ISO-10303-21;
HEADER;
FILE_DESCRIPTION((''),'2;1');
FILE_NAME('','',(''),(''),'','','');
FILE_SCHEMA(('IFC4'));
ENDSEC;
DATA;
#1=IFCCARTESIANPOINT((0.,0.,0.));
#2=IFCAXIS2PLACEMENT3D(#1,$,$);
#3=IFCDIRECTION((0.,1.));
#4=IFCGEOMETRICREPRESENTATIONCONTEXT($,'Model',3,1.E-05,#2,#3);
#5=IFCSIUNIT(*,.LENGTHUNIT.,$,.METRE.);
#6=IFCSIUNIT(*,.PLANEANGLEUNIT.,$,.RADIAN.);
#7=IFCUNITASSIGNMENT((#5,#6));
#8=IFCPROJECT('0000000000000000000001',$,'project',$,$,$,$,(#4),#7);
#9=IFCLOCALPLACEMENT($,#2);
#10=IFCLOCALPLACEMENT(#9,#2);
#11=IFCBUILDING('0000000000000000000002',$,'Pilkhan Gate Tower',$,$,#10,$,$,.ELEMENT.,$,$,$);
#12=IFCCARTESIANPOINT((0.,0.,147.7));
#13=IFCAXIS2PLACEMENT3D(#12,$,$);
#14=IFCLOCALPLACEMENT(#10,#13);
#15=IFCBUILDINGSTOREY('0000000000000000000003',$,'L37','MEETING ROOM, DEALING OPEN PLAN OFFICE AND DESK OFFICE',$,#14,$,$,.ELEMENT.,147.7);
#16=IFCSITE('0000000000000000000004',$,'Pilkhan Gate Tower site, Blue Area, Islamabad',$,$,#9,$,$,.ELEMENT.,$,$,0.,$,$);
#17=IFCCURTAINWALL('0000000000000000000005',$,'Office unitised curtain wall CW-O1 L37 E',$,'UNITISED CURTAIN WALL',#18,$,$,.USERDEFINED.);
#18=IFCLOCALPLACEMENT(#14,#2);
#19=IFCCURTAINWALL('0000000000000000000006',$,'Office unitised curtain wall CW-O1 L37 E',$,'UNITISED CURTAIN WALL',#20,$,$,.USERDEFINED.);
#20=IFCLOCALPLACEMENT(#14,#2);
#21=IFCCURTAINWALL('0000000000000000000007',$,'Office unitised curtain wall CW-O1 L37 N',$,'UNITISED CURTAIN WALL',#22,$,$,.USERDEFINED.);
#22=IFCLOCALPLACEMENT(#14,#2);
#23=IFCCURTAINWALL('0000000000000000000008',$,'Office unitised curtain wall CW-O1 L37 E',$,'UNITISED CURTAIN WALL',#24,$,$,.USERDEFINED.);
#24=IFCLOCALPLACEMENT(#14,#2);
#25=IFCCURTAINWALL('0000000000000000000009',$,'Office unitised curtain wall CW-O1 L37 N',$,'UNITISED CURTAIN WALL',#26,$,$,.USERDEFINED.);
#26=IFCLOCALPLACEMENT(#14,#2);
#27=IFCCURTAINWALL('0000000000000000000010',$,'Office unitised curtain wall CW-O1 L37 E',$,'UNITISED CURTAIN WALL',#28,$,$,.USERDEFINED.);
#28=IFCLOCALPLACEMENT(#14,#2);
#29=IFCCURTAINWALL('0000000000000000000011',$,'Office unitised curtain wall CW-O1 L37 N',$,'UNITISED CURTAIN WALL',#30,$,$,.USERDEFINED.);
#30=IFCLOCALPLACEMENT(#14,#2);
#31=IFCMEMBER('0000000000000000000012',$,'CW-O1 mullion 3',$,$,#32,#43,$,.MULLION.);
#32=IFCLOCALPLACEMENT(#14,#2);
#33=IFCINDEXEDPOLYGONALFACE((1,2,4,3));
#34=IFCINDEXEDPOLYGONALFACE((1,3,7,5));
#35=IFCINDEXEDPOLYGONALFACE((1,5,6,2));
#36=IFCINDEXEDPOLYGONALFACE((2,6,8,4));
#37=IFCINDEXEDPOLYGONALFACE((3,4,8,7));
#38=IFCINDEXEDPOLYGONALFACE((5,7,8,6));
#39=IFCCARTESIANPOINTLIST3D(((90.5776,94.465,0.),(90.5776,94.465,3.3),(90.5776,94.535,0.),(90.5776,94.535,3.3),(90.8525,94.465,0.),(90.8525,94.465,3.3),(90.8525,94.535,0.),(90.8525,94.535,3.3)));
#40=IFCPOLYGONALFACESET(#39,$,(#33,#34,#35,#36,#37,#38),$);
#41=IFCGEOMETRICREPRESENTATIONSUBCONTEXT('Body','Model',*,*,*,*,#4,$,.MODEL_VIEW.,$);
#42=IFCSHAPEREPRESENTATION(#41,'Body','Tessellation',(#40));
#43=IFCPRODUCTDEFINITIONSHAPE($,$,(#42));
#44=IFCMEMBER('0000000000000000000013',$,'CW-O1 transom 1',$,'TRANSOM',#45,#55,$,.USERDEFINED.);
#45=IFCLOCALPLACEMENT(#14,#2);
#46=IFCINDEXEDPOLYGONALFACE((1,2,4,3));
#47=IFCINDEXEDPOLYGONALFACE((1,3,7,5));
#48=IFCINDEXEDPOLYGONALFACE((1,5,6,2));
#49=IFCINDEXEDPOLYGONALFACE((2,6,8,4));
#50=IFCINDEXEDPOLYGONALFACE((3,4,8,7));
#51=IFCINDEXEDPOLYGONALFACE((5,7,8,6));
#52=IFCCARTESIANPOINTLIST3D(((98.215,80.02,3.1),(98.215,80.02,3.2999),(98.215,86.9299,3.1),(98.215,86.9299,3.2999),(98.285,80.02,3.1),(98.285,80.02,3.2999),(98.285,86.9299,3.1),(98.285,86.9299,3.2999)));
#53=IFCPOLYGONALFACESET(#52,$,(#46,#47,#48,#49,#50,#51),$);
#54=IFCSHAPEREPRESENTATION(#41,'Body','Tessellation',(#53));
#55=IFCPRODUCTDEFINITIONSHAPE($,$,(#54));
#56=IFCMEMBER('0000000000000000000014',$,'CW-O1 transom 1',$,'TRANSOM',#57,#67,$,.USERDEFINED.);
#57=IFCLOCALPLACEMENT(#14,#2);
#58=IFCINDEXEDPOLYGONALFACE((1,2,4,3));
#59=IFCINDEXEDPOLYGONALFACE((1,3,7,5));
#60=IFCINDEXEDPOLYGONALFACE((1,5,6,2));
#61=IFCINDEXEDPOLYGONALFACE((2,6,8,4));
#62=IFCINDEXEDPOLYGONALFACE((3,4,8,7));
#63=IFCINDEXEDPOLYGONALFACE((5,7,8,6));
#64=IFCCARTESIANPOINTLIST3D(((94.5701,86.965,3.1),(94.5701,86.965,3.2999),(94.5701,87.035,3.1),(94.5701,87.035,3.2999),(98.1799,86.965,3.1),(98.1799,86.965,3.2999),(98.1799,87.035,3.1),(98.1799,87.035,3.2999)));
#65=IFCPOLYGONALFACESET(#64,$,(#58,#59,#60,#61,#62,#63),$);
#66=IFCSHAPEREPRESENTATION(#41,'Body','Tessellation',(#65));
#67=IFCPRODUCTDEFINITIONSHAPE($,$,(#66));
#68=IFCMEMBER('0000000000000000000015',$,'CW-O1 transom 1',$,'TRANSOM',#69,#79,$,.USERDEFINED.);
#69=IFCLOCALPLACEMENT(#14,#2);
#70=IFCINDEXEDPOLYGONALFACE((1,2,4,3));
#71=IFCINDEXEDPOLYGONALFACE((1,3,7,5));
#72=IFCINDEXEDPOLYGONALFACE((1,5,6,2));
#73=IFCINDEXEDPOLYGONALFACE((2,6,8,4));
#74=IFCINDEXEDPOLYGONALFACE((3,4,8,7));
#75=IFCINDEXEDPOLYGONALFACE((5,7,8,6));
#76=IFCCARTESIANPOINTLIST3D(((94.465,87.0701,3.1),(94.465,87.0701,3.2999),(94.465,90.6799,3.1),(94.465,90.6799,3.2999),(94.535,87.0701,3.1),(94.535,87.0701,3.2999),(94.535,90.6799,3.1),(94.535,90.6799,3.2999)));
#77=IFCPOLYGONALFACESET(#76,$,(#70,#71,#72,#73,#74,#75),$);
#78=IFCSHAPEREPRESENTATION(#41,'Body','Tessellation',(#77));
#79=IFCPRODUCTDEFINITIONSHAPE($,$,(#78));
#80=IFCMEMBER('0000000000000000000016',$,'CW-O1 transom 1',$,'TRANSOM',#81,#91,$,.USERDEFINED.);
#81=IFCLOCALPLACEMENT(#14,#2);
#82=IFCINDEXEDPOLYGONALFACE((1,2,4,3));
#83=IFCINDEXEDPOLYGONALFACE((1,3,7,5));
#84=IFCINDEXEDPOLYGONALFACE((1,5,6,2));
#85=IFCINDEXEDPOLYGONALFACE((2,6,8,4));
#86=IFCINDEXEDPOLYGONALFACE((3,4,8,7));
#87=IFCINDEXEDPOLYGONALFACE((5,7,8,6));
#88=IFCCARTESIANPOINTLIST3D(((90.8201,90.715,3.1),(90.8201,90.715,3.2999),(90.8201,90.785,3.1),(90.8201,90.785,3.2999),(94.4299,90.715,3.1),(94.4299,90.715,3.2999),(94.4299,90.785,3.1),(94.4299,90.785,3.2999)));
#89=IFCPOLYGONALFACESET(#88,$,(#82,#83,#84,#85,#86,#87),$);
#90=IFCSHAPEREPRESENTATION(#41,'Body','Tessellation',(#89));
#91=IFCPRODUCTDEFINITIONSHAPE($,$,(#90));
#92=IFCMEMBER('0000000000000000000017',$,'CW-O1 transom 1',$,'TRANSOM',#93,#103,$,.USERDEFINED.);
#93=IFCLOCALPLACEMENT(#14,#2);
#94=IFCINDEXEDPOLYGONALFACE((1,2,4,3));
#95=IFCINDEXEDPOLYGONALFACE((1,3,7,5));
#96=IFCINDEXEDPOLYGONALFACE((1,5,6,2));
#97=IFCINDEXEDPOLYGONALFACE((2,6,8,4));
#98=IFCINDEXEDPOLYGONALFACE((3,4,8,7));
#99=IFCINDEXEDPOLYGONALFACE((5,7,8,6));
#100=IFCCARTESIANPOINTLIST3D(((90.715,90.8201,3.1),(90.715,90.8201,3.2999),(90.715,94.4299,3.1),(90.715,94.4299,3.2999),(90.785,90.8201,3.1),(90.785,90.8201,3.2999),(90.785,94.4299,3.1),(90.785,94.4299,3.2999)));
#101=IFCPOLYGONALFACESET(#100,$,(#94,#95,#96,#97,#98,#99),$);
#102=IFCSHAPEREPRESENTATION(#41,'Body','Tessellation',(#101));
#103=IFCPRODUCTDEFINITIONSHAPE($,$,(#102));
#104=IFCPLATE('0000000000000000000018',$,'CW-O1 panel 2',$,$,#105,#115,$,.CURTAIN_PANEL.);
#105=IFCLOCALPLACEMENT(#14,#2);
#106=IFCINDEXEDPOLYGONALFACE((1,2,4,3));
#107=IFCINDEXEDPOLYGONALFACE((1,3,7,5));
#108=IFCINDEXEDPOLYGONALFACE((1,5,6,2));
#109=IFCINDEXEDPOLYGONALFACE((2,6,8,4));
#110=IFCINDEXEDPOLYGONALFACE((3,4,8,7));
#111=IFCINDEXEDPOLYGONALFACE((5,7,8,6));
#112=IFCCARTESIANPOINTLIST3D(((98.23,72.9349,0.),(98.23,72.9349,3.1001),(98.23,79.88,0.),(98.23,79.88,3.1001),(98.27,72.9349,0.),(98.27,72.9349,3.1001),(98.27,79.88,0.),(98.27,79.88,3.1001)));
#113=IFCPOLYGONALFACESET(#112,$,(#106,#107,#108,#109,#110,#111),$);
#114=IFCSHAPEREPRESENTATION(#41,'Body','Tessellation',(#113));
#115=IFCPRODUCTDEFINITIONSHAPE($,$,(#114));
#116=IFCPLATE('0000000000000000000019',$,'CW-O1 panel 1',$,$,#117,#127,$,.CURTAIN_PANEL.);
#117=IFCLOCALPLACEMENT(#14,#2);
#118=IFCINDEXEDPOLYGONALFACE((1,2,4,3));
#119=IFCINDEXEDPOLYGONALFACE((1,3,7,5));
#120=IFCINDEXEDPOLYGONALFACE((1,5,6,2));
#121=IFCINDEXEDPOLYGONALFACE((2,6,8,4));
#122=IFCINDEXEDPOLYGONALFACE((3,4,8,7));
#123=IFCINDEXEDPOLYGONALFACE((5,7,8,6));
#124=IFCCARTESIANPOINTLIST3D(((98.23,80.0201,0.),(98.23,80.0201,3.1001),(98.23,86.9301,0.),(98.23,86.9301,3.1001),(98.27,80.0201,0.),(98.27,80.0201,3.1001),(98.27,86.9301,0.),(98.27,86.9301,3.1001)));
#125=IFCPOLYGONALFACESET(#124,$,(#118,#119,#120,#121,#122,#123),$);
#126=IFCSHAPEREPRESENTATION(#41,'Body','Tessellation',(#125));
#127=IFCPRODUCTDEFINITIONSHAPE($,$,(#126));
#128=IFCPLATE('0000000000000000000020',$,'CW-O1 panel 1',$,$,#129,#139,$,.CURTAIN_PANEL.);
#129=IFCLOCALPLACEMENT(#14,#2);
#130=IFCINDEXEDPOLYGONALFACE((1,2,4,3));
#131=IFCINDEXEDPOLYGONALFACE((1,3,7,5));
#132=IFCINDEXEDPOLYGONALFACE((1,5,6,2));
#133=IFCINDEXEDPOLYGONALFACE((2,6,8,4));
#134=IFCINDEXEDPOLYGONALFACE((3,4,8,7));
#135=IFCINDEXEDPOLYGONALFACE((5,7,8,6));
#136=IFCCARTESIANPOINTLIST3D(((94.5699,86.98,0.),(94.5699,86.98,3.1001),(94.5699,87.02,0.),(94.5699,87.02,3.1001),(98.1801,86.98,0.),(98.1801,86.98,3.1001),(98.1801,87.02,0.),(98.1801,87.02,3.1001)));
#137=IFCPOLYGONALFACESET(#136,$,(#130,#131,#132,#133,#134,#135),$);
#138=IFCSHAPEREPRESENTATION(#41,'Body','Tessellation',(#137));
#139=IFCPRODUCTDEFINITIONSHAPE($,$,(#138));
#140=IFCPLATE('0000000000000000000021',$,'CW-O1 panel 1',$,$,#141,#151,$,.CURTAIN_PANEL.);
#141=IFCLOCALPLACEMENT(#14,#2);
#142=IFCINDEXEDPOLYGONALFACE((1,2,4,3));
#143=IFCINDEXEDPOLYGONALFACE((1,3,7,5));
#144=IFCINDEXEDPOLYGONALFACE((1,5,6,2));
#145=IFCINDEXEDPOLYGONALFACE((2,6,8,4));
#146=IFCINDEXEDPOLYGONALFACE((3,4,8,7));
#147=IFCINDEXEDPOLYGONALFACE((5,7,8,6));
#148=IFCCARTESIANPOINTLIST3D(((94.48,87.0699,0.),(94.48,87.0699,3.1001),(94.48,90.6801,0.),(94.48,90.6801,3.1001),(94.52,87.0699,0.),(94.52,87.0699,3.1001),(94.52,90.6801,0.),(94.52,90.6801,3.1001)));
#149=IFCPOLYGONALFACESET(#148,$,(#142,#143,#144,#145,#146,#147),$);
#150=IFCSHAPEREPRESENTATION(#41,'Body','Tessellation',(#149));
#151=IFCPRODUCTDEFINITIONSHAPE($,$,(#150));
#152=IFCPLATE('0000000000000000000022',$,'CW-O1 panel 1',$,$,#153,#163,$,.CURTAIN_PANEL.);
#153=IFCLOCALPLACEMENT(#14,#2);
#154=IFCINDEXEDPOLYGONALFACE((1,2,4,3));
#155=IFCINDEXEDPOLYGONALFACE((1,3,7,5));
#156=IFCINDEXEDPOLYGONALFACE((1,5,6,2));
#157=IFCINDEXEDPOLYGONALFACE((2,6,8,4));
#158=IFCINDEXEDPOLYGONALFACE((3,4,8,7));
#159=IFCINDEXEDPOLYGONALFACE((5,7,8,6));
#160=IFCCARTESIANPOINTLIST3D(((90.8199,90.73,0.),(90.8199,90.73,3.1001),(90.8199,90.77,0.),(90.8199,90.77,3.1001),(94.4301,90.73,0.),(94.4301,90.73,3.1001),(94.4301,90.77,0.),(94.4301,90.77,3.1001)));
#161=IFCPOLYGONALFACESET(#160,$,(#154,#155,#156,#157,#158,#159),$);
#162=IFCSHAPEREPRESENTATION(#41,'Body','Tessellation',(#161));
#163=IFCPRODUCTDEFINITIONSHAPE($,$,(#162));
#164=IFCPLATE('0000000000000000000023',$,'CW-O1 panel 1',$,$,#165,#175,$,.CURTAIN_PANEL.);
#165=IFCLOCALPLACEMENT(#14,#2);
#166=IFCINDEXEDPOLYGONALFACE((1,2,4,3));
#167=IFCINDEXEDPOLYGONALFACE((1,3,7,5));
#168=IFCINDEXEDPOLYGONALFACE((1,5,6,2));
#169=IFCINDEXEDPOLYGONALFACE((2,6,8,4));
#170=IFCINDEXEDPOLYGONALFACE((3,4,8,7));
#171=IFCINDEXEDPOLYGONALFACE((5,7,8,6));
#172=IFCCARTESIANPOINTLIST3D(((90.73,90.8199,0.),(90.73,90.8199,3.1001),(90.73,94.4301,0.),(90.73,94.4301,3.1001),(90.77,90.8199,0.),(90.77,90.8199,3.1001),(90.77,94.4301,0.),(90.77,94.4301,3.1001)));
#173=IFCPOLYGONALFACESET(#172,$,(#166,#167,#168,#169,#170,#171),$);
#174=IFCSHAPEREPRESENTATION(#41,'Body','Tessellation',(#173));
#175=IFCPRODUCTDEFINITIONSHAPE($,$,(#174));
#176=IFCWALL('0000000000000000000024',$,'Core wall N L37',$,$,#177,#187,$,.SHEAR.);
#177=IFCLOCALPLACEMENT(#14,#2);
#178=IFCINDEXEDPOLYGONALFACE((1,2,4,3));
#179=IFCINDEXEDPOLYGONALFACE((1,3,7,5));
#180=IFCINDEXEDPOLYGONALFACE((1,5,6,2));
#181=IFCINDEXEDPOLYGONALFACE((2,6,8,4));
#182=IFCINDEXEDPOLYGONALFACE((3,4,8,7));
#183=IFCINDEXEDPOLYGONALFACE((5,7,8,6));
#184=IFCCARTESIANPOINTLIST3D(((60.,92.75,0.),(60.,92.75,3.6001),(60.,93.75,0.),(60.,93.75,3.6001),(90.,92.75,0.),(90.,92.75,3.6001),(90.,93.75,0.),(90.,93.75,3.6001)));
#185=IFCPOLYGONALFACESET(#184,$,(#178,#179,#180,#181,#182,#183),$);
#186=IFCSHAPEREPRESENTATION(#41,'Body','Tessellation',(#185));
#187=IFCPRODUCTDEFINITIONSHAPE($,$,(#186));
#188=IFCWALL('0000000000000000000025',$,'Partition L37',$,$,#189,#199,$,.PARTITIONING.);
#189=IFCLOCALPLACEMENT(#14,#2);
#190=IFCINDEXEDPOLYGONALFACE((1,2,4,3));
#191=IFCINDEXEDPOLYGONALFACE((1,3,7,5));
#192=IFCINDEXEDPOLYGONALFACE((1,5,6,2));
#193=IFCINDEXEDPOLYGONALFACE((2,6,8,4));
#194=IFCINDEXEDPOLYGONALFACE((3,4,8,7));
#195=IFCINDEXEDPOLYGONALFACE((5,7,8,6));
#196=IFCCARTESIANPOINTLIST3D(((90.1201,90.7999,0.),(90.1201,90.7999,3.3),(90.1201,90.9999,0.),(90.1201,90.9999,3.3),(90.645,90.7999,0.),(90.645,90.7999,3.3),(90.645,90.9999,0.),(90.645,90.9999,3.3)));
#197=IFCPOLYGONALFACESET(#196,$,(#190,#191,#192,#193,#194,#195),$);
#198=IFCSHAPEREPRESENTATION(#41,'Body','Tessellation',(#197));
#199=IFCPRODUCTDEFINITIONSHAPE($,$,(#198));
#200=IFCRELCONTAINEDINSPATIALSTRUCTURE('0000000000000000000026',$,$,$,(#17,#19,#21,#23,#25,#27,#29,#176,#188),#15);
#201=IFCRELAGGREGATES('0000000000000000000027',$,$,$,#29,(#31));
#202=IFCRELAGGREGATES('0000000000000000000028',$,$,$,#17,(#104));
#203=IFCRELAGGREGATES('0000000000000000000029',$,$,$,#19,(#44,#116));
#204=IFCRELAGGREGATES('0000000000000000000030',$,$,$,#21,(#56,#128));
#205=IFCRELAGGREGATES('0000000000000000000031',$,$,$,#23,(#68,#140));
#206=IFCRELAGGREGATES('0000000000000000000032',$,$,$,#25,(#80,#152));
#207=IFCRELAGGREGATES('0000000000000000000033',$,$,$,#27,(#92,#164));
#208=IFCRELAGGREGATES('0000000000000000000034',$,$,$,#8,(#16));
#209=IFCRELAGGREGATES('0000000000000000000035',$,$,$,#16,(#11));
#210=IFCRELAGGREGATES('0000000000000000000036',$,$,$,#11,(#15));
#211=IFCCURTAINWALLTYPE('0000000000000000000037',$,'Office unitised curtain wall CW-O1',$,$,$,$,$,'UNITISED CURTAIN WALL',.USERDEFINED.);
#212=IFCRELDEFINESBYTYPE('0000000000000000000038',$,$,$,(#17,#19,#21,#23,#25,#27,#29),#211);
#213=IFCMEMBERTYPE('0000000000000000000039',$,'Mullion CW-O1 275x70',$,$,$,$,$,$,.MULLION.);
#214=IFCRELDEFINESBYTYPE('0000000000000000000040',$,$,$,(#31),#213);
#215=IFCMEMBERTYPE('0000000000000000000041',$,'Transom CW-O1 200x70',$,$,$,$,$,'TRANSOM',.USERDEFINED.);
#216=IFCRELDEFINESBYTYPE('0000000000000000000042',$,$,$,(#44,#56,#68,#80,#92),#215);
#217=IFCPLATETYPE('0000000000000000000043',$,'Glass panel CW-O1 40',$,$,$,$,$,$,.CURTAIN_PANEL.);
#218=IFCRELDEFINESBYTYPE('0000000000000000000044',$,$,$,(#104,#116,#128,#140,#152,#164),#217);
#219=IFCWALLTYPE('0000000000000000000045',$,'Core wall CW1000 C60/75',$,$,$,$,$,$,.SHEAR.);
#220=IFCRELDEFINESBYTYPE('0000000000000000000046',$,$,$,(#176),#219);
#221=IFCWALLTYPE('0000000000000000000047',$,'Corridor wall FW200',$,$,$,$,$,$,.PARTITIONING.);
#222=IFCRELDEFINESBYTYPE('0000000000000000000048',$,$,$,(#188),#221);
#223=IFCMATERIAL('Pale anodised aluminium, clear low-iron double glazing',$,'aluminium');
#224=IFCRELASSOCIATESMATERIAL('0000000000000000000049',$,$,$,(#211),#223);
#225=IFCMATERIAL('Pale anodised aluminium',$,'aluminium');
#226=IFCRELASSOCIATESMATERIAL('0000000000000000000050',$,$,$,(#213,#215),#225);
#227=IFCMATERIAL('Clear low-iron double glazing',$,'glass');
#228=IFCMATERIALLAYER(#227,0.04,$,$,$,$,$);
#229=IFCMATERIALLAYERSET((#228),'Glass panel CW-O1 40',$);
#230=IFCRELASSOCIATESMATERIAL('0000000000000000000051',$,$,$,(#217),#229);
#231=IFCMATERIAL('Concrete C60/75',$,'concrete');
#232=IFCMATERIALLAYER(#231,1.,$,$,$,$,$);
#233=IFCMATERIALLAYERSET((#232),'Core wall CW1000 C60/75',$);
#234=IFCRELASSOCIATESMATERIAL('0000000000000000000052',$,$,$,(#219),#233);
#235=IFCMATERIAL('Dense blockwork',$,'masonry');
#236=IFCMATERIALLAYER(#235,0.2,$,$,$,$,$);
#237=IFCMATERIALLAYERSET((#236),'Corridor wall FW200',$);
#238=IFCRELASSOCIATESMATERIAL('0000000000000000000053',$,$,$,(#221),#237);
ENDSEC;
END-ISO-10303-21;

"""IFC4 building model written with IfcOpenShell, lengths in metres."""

from ifc_helpers import new_model, si_unit, direction, frame, frame_2d, origin, origin_2d, place, context, subcontext, project, spatial, rectangle, extrude, material, layer, layer_set, material_profile, profile_set, type_object, element, aggregate, save


model = new_model("IFC4")

# Units and contexts
model_context = context("Model", 3, precision=1e-05, world=origin(), true_north=direction((0.0, 1.0)))
body_context = subcontext(model_context, "Body", "Model", "MODEL_VIEW")
ifc_project = project(units=[si_unit("LENGTHUNIT", "METRE"), si_unit("PLANEANGLEUNIT", "RADIAN")], contexts=[model_context])

# Site, building, storey
site_placement = place(None, origin())
site = spatial("IfcSite", under=ifc_project, at=site_placement, Name="Pilkhan Gate Tower site, Blue Area, Islamabad", CompositionType="ELEMENT", RefElevation=0.0)
building_placement = place(site_placement, origin())
building = spatial("IfcBuilding", under=site, at=building_placement, Name="Pilkhan Gate Tower", CompositionType="ELEMENT")
storey_placement = place(building_placement, frame((0.0, 0.0, 147.7)))
storey = spatial("IfcBuildingStorey", under=building, at=storey_placement, Name="L37", Description="MEETING ROOM, DEALING OPEN PLAN OFFICE AND DESK OFFICE", CompositionType="ELEMENT", Elevation=147.7)

# Shared definitions
ifc_material_1 = material(Name="Concrete C60/75", Category="concrete")

# Curtain wall
ifc_material_2 = material(Name="Pale anodised aluminium, clear low-iron double glazing", Category="aluminium")
curtain_wall_type = type_object("IfcCurtainWallType", Name="Office unitised curtain wall CW-O1", ElementType="UNITISED CURTAIN WALL", PredefinedType="USERDEFINED", material=ifc_material_2)
curtain_wall_1_placement = place(storey_placement, origin())
curtain_wall_1 = element("IfcCurtainWall", 1, at=curtain_wall_1_placement, inside=storey, type_object=curtain_wall_type, Name="Office unitised curtain wall CW-O1 L37 E", ObjectType="UNITISED CURTAIN WALL", PredefinedType="USERDEFINED")
ifc_material_3 = material(Name="Pale anodised aluminium", Category="aluminium")
ifc_material_profile_1 = material_profile(ifc_material_3, rectangle(XDim=0.0701, YDim=0.2749, at=origin_2d()), Name="Mullion 275x70")
ifc_profile_set_1 = profile_set([ifc_material_profile_1], Name="Pale anodised aluminium")
member_type_1 = type_object("IfcMemberType", Name="Mullion CW-O1 275x70", PredefinedType="MULLION", material=ifc_profile_set_1)

# Curtain walls
curtain_wall_2_placement = place(storey_placement, origin())
curtain_wall_2 = element("IfcCurtainWall", 2, at=curtain_wall_2_placement, inside=storey, type_object=curtain_wall_type, Name="Office unitised curtain wall CW-O1 L37 E", ObjectType="UNITISED CURTAIN WALL", PredefinedType="USERDEFINED")
curtain_wall_3_placement = place(storey_placement, origin())
curtain_wall_3 = element("IfcCurtainWall", 3, at=curtain_wall_3_placement, inside=storey, type_object=curtain_wall_type, Name="Office unitised curtain wall CW-O1 L37 N", ObjectType="UNITISED CURTAIN WALL", PredefinedType="USERDEFINED")
curtain_wall_4_placement = place(storey_placement, origin())
curtain_wall_4 = element("IfcCurtainWall", 4, at=curtain_wall_4_placement, inside=storey, type_object=curtain_wall_type, Name="Office unitised curtain wall CW-O1 L37 E", ObjectType="UNITISED CURTAIN WALL", PredefinedType="USERDEFINED")
curtain_wall_5_placement = place(storey_placement, origin())
curtain_wall_5 = element("IfcCurtainWall", 5, at=curtain_wall_5_placement, inside=storey, type_object=curtain_wall_type, Name="Office unitised curtain wall CW-O1 L37 N", ObjectType="UNITISED CURTAIN WALL", PredefinedType="USERDEFINED")
curtain_wall_6_placement = place(storey_placement, origin())
curtain_wall_6 = element("IfcCurtainWall", 6, at=curtain_wall_6_placement, inside=storey, type_object=curtain_wall_type, Name="Office unitised curtain wall CW-O1 L37 E", ObjectType="UNITISED CURTAIN WALL", PredefinedType="USERDEFINED")

# Curtain wall, member
curtain_wall_7_placement = place(storey_placement, origin())
curtain_wall_7 = element("IfcCurtainWall", 7, at=curtain_wall_7_placement, inside=storey, type_object=curtain_wall_type, Name="Office unitised curtain wall CW-O1 L37 N", ObjectType="UNITISED CURTAIN WALL", PredefinedType="USERDEFINED")
member_1_placement = place(storey_placement, frame((90.7151, 94.5, 0.0), z_axis=(0.0, 0.0, 1.0), x_axis=(0.0, 1.0, 0.0)))
member_1 = element("IfcMember", 8, at=member_1_placement, type_object=member_type_1, Name="CW-O1 mullion 3", PredefinedType="MULLION", context=body_context, shape_type="SweptSolid", body=[
    extrude(rectangle(XDim=0.0701, YDim=0.2749, at=origin_2d()), origin(), (0.0, 0.0, 1.0), 3.3),
])
aggregate(curtain_wall_7, [member_1])

# Members
ifc_material_profile_2 = material_profile(ifc_material_3, rectangle(XDim=0.0701, YDim=0.2, at=origin_2d()), Name="Transom 200x70")
ifc_profile_set_2 = profile_set([ifc_material_profile_2], Name="Pale anodised aluminium")
member_type_2 = type_object("IfcMemberType", Name="Transom CW-O1 200x70", ElementType="TRANSOM", PredefinedType="USERDEFINED", material=ifc_profile_set_2)
member_2_placement = place(storey_placement, frame((98.25, 80.02, 3.2), z_axis=(0.0, 1.0, 0.0), x_axis=(-1.0, 0.0, 0.0)))
member_2 = element("IfcMember", 9, at=member_2_placement, type_object=member_type_2, Name="CW-O1 transom 1", ObjectType="TRANSOM", PredefinedType="USERDEFINED", context=body_context, shape_type="SweptSolid", body=[
    extrude(rectangle(XDim=0.0701, YDim=0.2, at=origin_2d()), origin(), (0.0, 0.0, 1.0), 6.9099),
])
member_3_placement = place(storey_placement, frame((94.5701, 87.0, 3.2), z_axis=(1.0, 0.0, 0.0), x_axis=(0.0, 1.0, 0.0)))
member_3 = element("IfcMember", 10, at=member_3_placement, type_object=member_type_2, Name="CW-O1 transom 1", ObjectType="TRANSOM", PredefinedType="USERDEFINED", context=body_context, shape_type="SweptSolid", body=[
    extrude(rectangle(XDim=0.0701, YDim=0.2, at=origin_2d()), origin(), (0.0, 0.0, 1.0), 3.6099),
])
member_4_placement = place(storey_placement, frame((94.5, 87.0701, 3.2), z_axis=(0.0, 1.0, 0.0), x_axis=(-1.0, 0.0, 0.0)))
member_4 = element("IfcMember", 11, at=member_4_placement, type_object=member_type_2, Name="CW-O1 transom 1", ObjectType="TRANSOM", PredefinedType="USERDEFINED", context=body_context, shape_type="SweptSolid", body=[
    extrude(rectangle(XDim=0.0701, YDim=0.2, at=origin_2d()), origin(), (0.0, 0.0, 1.0), 3.6099),
])
member_5_placement = place(storey_placement, frame((90.8201, 90.75, 3.2), z_axis=(1.0, 0.0, 0.0), x_axis=(0.0, 1.0, 0.0)))
member_5 = element("IfcMember", 12, at=member_5_placement, type_object=member_type_2, Name="CW-O1 transom 1", ObjectType="TRANSOM", PredefinedType="USERDEFINED", context=body_context, shape_type="SweptSolid", body=[
    extrude(rectangle(XDim=0.0701, YDim=0.2, at=origin_2d()), origin(), (0.0, 0.0, 1.0), 3.6099),
])
member_6_placement = place(storey_placement, frame((90.75, 90.8201, 3.2), z_axis=(0.0, 1.0, 0.0), x_axis=(-1.0, 0.0, 0.0)))
member_6 = element("IfcMember", 13, at=member_6_placement, type_object=member_type_2, Name="CW-O1 transom 1", ObjectType="TRANSOM", PredefinedType="USERDEFINED", context=body_context, shape_type="SweptSolid", body=[
    extrude(rectangle(XDim=0.0701, YDim=0.2, at=origin_2d()), origin(), (0.0, 0.0, 1.0), 3.6099),
])

# Plates
ifc_material_4 = material(Name="Clear low-iron double glazing", Category="glass")
ifc_layer_1 = layer(ifc_material_4, 0.04)
ifc_layer_set_1 = layer_set([ifc_layer_1], Name="Glass panel CW-O1 40")
plate_type = type_object("IfcPlateType", Name="Glass panel CW-O1 40", PredefinedType="CURTAIN_PANEL", material=ifc_layer_set_1)
plate_1_placement = place(storey_placement, frame((98.25, 76.4075, 0.0), z_axis=(0.0, 0.0, 1.0), x_axis=(0.0, 1.0, 0.0)))
plate_1 = element("IfcPlate", 14, at=plate_1_placement, type_object=plate_type, Name="CW-O1 panel 2", PredefinedType="CURTAIN_PANEL", context=body_context, shape_type="SweptSolid", body=[
    extrude(rectangle(XDim=6.9451, YDim=0.04, at=origin_2d()), origin(), (0.0, 0.0, 1.0), 3.1001),
])
aggregate(curtain_wall_1, [plate_1])
plate_2_placement = place(storey_placement, frame((98.25, 83.4751, 0.0), z_axis=(0.0, 0.0, 1.0), x_axis=(0.0, 1.0, 0.0)))
plate_2 = element("IfcPlate", 15, at=plate_2_placement, type_object=plate_type, Name="CW-O1 panel 1", PredefinedType="CURTAIN_PANEL", context=body_context, shape_type="SweptSolid", body=[
    extrude(rectangle(XDim=6.9099, YDim=0.04, at=origin_2d()), origin(), (0.0, 0.0, 1.0), 3.1001),
])
aggregate(curtain_wall_2, [member_2, plate_2])
plate_3_placement = place(storey_placement, frame((96.375, 87.0, 0.0), z_axis=(0.0, 0.0, 1.0), x_axis=(1.0, 0.0, 0.0)))
plate_3 = element("IfcPlate", 16, at=plate_3_placement, type_object=plate_type, Name="CW-O1 panel 1", PredefinedType="CURTAIN_PANEL", context=body_context, shape_type="SweptSolid", body=[
    extrude(rectangle(XDim=3.6101, YDim=0.04, at=origin_2d()), origin(), (0.0, 0.0, 1.0), 3.1001),
])
aggregate(curtain_wall_3, [member_3, plate_3])
plate_4_placement = place(storey_placement, frame((94.5, 88.875, 0.0), z_axis=(0.0, 0.0, 1.0), x_axis=(0.0, 1.0, 0.0)))
plate_4 = element("IfcPlate", 17, at=plate_4_placement, type_object=plate_type, Name="CW-O1 panel 1", PredefinedType="CURTAIN_PANEL", context=body_context, shape_type="SweptSolid", body=[
    extrude(rectangle(XDim=3.6101, YDim=0.04, at=origin_2d()), origin(), (0.0, 0.0, 1.0), 3.1001),
])
aggregate(curtain_wall_4, [member_4, plate_4])
plate_5_placement = place(storey_placement, frame((92.625, 90.75, 0.0), z_axis=(0.0, 0.0, 1.0), x_axis=(1.0, 0.0, 0.0)))
plate_5 = element("IfcPlate", 18, at=plate_5_placement, type_object=plate_type, Name="CW-O1 panel 1", PredefinedType="CURTAIN_PANEL", context=body_context, shape_type="SweptSolid", body=[
    extrude(rectangle(XDim=3.6101, YDim=0.04, at=origin_2d()), origin(), (0.0, 0.0, 1.0), 3.1001),
])
aggregate(curtain_wall_5, [member_5, plate_5])
plate_6_placement = place(storey_placement, frame((90.75, 92.625, 0.0), z_axis=(0.0, 0.0, 1.0), x_axis=(0.0, 1.0, 0.0)))
plate_6 = element("IfcPlate", 19, at=plate_6_placement, type_object=plate_type, Name="CW-O1 panel 1", PredefinedType="CURTAIN_PANEL", context=body_context, shape_type="SweptSolid", body=[
    extrude(rectangle(XDim=3.6101, YDim=0.04, at=origin_2d()), origin(), (0.0, 0.0, 1.0), 3.1001),
])
aggregate(curtain_wall_6, [member_6, plate_6])

# Walls
ifc_layer_2 = layer(ifc_material_1, 1.0)
ifc_layer_set_2 = layer_set([ifc_layer_2], Name="Core wall CW1000 C60/75")
wall_type_1 = type_object("IfcWallType", Name="Core wall CW1000 C60/75", PredefinedType="SHEAR", material=ifc_layer_set_2)
wall_1_placement = place(storey_placement, frame((90.0, 93.25, 0.0), z_axis=(0.0, 0.0, 1.0), x_axis=(-1.0, 0.0, 0.0)))
element("IfcWall", 20, at=wall_1_placement, inside=storey, type_object=wall_type_1, Name="Core wall N L37", PredefinedType="SHEAR", context=body_context, shape_type="SweptSolid", body=[
    extrude(rectangle(XDim=30.0, YDim=1.0, at=frame_2d((15.0, 0.0))), origin(), (0.0, 0.0, 1.0), 3.6001),
])
ifc_material_5 = material(Name="Dense blockwork", Category="masonry")
ifc_layer_3 = layer(ifc_material_5, 0.2)
ifc_layer_set_3 = layer_set([ifc_layer_3], Name="Corridor wall FW200")
wall_type_2 = type_object("IfcWallType", Name="Corridor wall FW200", PredefinedType="PARTITIONING", material=ifc_layer_set_3)
wall_2_placement = place(storey_placement, frame((90.1201, 90.8999, 0.0), z_axis=(0.0, 0.0, 1.0), x_axis=(1.0, 0.0, 0.0)))
element("IfcWall", 21, at=wall_2_placement, inside=storey, type_object=wall_type_2, Name="Partition L37", PredefinedType="PARTITIONING", context=body_context, shape_type="SweptSolid", body=[
    extrude(rectangle(XDim=0.5249, YDim=0.2, at=frame_2d((0.2625, 0.0))), origin(), (0.0, 0.0, 1.0), 3.3),
])

save(model, "model.ifc")
